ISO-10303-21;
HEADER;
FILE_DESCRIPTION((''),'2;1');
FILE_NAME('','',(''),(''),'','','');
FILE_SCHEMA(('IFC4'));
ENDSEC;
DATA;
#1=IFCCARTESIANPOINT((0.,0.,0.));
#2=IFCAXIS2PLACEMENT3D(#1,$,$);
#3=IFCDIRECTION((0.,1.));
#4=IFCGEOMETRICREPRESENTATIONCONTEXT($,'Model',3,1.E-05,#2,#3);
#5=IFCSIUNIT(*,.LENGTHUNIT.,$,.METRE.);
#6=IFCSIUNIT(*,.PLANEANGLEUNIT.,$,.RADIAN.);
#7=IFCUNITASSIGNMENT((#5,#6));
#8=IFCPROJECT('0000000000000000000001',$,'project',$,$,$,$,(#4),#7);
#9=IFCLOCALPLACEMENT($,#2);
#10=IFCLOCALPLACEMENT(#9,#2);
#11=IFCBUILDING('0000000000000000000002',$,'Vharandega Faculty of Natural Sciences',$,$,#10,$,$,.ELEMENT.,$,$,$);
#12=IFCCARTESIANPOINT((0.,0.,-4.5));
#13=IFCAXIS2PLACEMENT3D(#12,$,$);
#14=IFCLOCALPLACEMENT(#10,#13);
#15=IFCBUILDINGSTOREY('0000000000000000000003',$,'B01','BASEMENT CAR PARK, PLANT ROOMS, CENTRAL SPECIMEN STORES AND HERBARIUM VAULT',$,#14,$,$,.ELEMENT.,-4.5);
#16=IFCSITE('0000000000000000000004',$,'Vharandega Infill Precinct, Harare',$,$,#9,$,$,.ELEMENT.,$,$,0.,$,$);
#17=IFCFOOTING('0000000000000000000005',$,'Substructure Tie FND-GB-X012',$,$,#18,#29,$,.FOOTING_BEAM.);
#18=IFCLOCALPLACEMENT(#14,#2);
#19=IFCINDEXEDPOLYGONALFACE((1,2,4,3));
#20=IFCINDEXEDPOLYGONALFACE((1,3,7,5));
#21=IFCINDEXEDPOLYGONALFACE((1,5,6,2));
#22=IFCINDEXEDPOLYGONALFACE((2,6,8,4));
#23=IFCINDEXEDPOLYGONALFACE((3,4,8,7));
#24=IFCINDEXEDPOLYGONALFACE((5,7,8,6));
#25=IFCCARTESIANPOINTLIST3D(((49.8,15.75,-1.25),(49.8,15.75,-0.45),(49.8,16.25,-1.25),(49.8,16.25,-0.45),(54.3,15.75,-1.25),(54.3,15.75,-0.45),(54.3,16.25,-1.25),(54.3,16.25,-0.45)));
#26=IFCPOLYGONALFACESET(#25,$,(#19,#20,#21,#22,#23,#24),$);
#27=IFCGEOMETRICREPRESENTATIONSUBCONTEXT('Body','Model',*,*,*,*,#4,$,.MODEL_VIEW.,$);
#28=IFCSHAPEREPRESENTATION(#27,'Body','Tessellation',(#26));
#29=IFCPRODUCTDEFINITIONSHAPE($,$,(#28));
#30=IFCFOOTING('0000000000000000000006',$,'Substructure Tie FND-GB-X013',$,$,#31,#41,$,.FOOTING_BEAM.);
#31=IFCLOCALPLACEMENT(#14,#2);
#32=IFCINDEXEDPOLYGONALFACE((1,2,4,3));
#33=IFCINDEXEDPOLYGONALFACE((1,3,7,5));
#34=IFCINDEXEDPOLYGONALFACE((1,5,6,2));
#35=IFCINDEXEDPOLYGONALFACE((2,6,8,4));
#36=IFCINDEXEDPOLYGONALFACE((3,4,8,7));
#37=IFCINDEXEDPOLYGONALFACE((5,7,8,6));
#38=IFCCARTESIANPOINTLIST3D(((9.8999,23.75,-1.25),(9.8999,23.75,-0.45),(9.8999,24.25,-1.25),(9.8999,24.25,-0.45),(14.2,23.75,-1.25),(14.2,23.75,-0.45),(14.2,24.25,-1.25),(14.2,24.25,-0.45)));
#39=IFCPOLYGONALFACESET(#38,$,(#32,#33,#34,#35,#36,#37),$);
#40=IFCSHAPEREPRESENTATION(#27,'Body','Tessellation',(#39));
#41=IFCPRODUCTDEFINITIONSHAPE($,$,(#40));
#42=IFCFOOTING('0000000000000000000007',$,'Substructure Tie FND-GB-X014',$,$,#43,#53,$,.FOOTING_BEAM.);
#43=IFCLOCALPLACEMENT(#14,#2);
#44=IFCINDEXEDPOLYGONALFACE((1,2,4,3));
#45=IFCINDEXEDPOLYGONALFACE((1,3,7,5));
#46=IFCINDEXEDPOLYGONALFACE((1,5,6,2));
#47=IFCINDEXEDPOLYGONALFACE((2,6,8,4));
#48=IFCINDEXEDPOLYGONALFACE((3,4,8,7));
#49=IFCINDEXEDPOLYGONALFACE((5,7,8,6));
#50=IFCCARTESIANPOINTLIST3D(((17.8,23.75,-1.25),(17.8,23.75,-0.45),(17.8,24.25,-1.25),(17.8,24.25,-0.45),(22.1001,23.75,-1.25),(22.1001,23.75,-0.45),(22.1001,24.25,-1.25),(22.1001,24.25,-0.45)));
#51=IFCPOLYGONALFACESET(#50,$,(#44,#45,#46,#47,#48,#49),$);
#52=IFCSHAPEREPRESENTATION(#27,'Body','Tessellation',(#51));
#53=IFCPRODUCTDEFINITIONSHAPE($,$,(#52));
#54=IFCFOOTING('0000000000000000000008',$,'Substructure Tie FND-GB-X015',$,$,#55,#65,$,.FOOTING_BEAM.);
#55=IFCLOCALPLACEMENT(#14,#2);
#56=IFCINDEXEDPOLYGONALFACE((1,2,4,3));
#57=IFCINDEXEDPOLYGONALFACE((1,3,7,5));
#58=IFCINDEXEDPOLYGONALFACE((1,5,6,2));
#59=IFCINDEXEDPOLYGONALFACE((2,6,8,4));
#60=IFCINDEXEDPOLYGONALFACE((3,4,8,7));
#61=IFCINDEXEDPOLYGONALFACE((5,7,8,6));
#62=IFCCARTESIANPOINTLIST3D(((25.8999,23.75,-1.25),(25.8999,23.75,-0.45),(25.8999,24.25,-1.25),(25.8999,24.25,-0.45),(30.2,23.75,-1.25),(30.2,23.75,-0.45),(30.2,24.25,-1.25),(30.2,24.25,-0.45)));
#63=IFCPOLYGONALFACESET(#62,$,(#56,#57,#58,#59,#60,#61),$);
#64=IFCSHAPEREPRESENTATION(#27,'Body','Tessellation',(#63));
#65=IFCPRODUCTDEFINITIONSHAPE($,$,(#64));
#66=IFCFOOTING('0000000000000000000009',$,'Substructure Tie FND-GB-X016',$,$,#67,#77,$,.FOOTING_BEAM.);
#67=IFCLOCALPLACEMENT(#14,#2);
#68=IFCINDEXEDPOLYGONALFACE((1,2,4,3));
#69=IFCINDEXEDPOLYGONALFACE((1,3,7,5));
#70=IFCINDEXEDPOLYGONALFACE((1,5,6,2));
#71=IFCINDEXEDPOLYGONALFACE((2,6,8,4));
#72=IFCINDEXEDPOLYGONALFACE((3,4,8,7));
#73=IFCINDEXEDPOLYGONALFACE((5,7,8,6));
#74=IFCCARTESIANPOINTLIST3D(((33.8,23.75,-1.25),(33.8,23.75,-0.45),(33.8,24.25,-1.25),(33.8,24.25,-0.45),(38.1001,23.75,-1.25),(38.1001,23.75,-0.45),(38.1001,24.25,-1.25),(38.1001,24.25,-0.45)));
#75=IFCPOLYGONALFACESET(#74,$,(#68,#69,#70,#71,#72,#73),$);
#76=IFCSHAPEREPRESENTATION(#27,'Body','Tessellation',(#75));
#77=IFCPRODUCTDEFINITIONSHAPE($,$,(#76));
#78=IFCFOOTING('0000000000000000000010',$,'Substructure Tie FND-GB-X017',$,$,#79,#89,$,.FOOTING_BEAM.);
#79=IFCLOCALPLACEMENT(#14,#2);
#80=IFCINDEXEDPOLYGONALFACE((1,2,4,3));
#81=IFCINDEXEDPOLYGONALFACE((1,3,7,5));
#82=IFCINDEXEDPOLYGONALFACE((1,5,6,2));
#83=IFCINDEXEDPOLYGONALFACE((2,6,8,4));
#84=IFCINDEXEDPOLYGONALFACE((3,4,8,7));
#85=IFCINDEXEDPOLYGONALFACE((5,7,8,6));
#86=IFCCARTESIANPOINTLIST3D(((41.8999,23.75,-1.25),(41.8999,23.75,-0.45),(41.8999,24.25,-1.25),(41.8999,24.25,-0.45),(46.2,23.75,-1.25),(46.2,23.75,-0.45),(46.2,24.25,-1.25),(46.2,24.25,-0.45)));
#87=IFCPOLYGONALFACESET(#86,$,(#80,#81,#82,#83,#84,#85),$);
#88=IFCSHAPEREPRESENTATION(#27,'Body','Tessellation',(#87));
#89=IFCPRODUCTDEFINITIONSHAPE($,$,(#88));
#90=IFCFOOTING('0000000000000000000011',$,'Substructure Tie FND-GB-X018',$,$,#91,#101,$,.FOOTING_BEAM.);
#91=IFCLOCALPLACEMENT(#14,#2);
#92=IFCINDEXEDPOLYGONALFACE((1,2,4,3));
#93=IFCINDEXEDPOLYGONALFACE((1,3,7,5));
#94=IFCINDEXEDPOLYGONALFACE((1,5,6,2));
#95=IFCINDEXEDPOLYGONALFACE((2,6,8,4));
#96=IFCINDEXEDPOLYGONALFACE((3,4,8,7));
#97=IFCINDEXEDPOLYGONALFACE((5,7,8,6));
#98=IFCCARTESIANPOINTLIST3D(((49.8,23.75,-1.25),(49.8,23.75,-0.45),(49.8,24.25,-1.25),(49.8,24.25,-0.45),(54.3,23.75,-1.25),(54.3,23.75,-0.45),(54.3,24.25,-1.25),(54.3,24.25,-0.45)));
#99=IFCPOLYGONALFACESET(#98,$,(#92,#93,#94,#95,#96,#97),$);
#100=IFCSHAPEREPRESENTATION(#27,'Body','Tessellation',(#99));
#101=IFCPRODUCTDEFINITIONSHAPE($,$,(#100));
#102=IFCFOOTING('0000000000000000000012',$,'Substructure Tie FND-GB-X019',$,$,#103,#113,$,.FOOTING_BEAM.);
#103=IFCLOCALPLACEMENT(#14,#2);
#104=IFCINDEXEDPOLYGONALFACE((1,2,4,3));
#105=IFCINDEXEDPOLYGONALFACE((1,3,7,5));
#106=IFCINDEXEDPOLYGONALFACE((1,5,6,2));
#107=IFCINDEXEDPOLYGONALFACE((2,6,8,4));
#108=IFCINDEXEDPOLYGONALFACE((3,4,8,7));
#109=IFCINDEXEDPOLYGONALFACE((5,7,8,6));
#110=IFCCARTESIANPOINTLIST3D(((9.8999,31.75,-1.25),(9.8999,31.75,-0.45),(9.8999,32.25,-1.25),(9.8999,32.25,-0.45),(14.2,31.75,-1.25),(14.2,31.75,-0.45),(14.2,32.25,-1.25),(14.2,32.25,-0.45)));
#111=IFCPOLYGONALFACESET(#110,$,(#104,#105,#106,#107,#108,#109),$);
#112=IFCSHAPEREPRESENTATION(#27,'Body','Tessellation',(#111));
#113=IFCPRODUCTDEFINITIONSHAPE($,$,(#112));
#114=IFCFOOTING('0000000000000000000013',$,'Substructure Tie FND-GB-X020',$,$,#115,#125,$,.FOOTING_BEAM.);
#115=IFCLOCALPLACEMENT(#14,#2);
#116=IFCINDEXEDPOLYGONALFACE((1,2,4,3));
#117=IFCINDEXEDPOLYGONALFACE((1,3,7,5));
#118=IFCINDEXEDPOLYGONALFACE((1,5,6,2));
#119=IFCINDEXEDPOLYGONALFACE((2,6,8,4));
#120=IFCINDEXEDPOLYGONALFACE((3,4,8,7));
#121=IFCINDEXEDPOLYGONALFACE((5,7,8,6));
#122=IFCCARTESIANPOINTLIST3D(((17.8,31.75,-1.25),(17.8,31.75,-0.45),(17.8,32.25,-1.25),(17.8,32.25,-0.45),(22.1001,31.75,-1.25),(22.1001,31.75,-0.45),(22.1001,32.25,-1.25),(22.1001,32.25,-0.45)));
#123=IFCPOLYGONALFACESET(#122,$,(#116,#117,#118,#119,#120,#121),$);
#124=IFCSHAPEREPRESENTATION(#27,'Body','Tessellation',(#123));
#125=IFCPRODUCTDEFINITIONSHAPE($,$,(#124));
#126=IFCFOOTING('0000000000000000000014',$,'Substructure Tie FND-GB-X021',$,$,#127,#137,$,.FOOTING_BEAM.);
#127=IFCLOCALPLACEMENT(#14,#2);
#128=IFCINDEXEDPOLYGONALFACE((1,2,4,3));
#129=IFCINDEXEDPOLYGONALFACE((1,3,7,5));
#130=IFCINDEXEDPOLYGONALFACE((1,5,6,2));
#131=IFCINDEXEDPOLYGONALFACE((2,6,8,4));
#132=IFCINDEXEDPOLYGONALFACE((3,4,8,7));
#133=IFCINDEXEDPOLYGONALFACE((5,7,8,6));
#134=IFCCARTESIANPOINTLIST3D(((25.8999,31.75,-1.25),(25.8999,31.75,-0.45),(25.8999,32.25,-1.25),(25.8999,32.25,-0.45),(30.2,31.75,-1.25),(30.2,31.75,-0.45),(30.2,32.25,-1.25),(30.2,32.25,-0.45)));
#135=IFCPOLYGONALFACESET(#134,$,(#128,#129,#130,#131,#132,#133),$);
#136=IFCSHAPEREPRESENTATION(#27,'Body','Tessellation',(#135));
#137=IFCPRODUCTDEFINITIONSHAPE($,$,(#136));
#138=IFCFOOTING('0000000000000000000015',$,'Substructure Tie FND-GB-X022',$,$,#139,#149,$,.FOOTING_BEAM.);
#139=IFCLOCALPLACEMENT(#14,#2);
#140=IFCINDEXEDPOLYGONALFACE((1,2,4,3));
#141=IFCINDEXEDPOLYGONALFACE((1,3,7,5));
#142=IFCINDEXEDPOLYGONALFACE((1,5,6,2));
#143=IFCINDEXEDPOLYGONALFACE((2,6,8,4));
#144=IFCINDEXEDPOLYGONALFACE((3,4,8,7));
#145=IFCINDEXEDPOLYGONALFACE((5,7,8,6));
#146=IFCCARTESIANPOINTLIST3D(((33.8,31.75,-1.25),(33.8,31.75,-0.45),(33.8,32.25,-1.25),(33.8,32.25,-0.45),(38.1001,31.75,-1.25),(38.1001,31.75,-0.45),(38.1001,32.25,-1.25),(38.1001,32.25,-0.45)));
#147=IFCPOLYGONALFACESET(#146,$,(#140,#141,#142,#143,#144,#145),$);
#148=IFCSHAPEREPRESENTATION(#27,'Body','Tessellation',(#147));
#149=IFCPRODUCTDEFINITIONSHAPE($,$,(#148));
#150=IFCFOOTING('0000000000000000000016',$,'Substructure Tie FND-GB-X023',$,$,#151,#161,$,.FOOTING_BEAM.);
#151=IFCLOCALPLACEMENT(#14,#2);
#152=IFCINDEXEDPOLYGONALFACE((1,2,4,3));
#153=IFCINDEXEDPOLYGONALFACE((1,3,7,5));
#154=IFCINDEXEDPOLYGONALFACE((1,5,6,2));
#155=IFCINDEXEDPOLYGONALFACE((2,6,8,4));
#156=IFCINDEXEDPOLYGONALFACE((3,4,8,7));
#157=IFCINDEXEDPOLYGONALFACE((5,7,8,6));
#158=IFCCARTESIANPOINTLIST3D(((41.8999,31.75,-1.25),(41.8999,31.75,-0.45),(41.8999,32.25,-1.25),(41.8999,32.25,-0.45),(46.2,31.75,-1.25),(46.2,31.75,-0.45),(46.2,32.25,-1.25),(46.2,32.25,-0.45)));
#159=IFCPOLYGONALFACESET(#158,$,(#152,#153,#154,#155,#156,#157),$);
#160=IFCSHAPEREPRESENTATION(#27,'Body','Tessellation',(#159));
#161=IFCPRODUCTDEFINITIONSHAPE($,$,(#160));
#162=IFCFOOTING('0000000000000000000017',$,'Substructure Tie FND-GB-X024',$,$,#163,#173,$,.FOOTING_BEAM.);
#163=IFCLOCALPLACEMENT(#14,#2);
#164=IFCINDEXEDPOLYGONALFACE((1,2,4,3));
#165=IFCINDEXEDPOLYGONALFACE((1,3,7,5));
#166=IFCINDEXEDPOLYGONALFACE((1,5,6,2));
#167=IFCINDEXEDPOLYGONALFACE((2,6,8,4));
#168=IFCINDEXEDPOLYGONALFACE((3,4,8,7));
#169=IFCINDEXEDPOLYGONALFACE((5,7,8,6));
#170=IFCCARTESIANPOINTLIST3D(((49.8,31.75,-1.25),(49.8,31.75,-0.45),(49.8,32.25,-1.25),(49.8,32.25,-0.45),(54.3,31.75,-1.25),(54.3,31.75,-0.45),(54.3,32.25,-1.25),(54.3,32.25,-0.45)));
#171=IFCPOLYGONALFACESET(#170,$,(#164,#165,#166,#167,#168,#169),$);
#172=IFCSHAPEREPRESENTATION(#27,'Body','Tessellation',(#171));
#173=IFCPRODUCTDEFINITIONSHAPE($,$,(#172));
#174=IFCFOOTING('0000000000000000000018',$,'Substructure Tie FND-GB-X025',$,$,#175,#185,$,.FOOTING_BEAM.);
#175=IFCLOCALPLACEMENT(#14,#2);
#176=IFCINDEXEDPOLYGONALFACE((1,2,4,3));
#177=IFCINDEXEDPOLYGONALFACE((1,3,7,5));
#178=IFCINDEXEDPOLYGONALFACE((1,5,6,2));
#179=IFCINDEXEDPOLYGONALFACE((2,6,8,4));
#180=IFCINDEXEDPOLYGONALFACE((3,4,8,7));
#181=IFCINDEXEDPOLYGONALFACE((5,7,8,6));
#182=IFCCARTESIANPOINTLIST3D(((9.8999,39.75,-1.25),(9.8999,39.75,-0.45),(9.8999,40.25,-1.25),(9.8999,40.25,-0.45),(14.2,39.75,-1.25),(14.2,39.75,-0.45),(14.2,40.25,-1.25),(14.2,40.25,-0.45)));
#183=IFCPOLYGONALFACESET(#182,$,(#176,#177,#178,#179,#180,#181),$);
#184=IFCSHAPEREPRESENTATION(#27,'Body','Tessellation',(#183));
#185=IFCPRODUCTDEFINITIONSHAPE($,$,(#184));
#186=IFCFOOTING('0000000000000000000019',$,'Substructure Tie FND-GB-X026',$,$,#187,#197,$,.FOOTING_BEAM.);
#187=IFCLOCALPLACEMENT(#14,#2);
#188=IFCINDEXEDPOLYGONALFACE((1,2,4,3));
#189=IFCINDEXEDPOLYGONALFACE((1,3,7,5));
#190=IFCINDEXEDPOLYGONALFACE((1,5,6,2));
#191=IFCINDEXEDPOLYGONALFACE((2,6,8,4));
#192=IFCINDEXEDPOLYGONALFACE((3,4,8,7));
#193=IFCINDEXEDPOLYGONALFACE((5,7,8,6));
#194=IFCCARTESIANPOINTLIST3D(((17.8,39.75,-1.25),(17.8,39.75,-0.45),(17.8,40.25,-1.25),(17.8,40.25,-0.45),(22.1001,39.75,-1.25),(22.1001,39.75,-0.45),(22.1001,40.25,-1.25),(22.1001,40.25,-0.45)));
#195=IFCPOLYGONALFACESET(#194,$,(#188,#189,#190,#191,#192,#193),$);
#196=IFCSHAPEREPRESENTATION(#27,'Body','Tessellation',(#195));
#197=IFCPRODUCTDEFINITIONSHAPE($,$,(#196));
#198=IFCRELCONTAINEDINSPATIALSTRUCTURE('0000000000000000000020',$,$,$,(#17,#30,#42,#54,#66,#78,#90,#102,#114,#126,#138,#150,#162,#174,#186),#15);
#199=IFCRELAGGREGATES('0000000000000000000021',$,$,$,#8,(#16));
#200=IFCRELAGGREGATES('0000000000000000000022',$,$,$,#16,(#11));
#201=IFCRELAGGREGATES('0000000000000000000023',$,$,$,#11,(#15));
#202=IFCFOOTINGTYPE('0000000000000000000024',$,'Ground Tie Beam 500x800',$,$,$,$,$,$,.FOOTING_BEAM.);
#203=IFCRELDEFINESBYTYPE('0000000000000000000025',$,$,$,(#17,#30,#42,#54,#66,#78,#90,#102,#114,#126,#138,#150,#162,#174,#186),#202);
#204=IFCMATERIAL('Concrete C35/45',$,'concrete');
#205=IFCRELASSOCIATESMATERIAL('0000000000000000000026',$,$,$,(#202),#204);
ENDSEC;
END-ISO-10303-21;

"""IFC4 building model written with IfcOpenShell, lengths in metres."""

from ifc_helpers import new_model, si_unit, direction, frame, origin, place, context, subcontext, project, spatial, polyline, outline, extrude, material, type_object, element, save


model = new_model("IFC4")

# Units and contexts
model_context = context("Model", 3, precision=1e-05, world=origin(), true_north=direction((0.0, 1.0)))
body_context = subcontext(model_context, "Body", "Model", "MODEL_VIEW")
ifc_project = project(units=[si_unit("LENGTHUNIT", "METRE"), si_unit("PLANEANGLEUNIT", "RADIAN")], contexts=[model_context])

# Site, building, storey
site_placement = place(None, origin())
site = spatial("IfcSite", under=ifc_project, at=site_placement, Name="Vharandega Infill Precinct, Harare", CompositionType="ELEMENT", RefElevation=0.0)
building_placement = place(site_placement, origin())
building = spatial("IfcBuilding", under=site, at=building_placement, Name="Vharandega Faculty of Natural Sciences", CompositionType="ELEMENT")
storey_placement = place(building_placement, frame((0.0, 0.0, -4.5)))
storey = spatial("IfcBuildingStorey", under=building, at=storey_placement, Name="B01", Description="BASEMENT CAR PARK, PLANT ROOMS, CENTRAL SPECIMEN STORES AND HERBARIUM VAULT", CompositionType="ELEMENT", Elevation=-4.5)

# Footings
ifc_material = material(Name="Concrete C35/45", Category="concrete")
footing_type = type_object("IfcFootingType", Name="Ground Tie Beam 500x800", PredefinedType="FOOTING_BEAM", material=ifc_material)
footing_1_placement = place(storey_placement, frame((0.0, 0.0, -1.25)))
element("IfcFooting", 1, at=footing_1_placement, inside=storey, type_object=footing_type, Name="Substructure Tie FND-GB-X012", PredefinedType="FOOTING_BEAM", context=body_context, shape_type="SweptSolid", body=[
    extrude(outline(polyline([(49.8, 15.75), (54.3, 15.75), (54.3, 16.25), (49.8, 16.25), (49.8, 15.75)])), origin(), (0.0, 0.0, 1.0), 0.8),
])
footing_2_placement = place(storey_placement, frame((0.0, 0.0, -1.25)))
element("IfcFooting", 2, at=footing_2_placement, inside=storey, type_object=footing_type, Name="Substructure Tie FND-GB-X013", PredefinedType="FOOTING_BEAM", context=body_context, shape_type="SweptSolid", body=[
    extrude(outline(polyline([(9.8999, 23.75), (14.2, 23.75), (14.2, 24.25), (9.8999, 24.25), (9.8999, 23.75)])), origin(), (0.0, 0.0, 1.0), 0.8),
])
footing_3_placement = place(storey_placement, frame((0.0, 0.0, -1.25)))
element("IfcFooting", 3, at=footing_3_placement, inside=storey, type_object=footing_type, Name="Substructure Tie FND-GB-X014", PredefinedType="FOOTING_BEAM", context=body_context, shape_type="SweptSolid", body=[
    extrude(outline(polyline([(17.8, 23.75), (22.1001, 23.75), (22.1001, 24.25), (17.8, 24.25), (17.8, 23.75)])), origin(), (0.0, 0.0, 1.0), 0.8),
])
footing_4_placement = place(storey_placement, frame((0.0, 0.0, -1.25)))
element("IfcFooting", 4, at=footing_4_placement, inside=storey, type_object=footing_type, Name="Substructure Tie FND-GB-X015", PredefinedType="FOOTING_BEAM", context=body_context, shape_type="SweptSolid", body=[
    extrude(outline(polyline([(25.8999, 23.75), (30.2, 23.75), (30.2, 24.25), (25.8999, 24.25), (25.8999, 23.75)])), origin(), (0.0, 0.0, 1.0), 0.8),
])
footing_5_placement = place(storey_placement, frame((0.0, 0.0, -1.25)))
element("IfcFooting", 5, at=footing_5_placement, inside=storey, type_object=footing_type, Name="Substructure Tie FND-GB-X016", PredefinedType="FOOTING_BEAM", context=body_context, shape_type="SweptSolid", body=[
    extrude(outline(polyline([(33.8, 23.75), (38.1001, 23.75), (38.1001, 24.25), (33.8, 24.25), (33.8, 23.75)])), origin(), (0.0, 0.0, 1.0), 0.8),
])
footing_6_placement = place(storey_placement, frame((0.0, 0.0, -1.25)))
element("IfcFooting", 6, at=footing_6_placement, inside=storey, type_object=footing_type, Name="Substructure Tie FND-GB-X017", PredefinedType="FOOTING_BEAM", context=body_context, shape_type="SweptSolid", body=[
    extrude(outline(polyline([(41.8999, 23.75), (46.2, 23.75), (46.2, 24.25), (41.8999, 24.25), (41.8999, 23.75)])), origin(), (0.0, 0.0, 1.0), 0.8),
])
footing_7_placement = place(storey_placement, frame((0.0, 0.0, -1.25)))
element("IfcFooting", 7, at=footing_7_placement, inside=storey, type_object=footing_type, Name="Substructure Tie FND-GB-X018", PredefinedType="FOOTING_BEAM", context=body_context, shape_type="SweptSolid", body=[
    extrude(outline(polyline([(49.8, 23.75), (54.3, 23.75), (54.3, 24.25), (49.8, 24.25), (49.8, 23.75)])), origin(), (0.0, 0.0, 1.0), 0.8),
])
footing_8_placement = place(storey_placement, frame((0.0, 0.0, -1.25)))
element("IfcFooting", 8, at=footing_8_placement, inside=storey, type_object=footing_type, Name="Substructure Tie FND-GB-X019", PredefinedType="FOOTING_BEAM", context=body_context, shape_type="SweptSolid", body=[
    extrude(outline(polyline([(9.8999, 31.75), (14.2, 31.75), (14.2, 32.25), (9.8999, 32.25), (9.8999, 31.75)])), origin(), (0.0, 0.0, 1.0), 0.8),
])
footing_9_placement = place(storey_placement, frame((0.0, 0.0, -1.25)))
element("IfcFooting", 9, at=footing_9_placement, inside=storey, type_object=footing_type, Name="Substructure Tie FND-GB-X020", PredefinedType="FOOTING_BEAM", context=body_context, shape_type="SweptSolid", body=[
    extrude(outline(polyline([(17.8, 31.75), (22.1001, 31.75), (22.1001, 32.25), (17.8, 32.25), (17.8, 31.75)])), origin(), (0.0, 0.0, 1.0), 0.8),
])
footing_10_placement = place(storey_placement, frame((0.0, 0.0, -1.25)))
element("IfcFooting", 10, at=footing_10_placement, inside=storey, type_object=footing_type, Name="Substructure Tie FND-GB-X021", PredefinedType="FOOTING_BEAM", context=body_context, shape_type="SweptSolid", body=[
    extrude(outline(polyline([(25.8999, 31.75), (30.2, 31.75), (30.2, 32.25), (25.8999, 32.25), (25.8999, 31.75)])), origin(), (0.0, 0.0, 1.0), 0.8),
])
footing_11_placement = place(storey_placement, frame((0.0, 0.0, -1.25)))
element("IfcFooting", 11, at=footing_11_placement, inside=storey, type_object=footing_type, Name="Substructure Tie FND-GB-X022", PredefinedType="FOOTING_BEAM", context=body_context, shape_type="SweptSolid", body=[
    extrude(outline(polyline([(33.8, 31.75), (38.1001, 31.75), (38.1001, 32.25), (33.8, 32.25), (33.8, 31.75)])), origin(), (0.0, 0.0, 1.0), 0.8),
])
footing_12_placement = place(storey_placement, frame((0.0, 0.0, -1.25)))
element("IfcFooting", 12, at=footing_12_placement, inside=storey, type_object=footing_type, Name="Substructure Tie FND-GB-X023", PredefinedType="FOOTING_BEAM", context=body_context, shape_type="SweptSolid", body=[
    extrude(outline(polyline([(41.8999, 31.75), (46.2, 31.75), (46.2, 32.25), (41.8999, 32.25), (41.8999, 31.75)])), origin(), (0.0, 0.0, 1.0), 0.8),
])
footing_13_placement = place(storey_placement, frame((0.0, 0.0, -1.25)))
element("IfcFooting", 13, at=footing_13_placement, inside=storey, type_object=footing_type, Name="Substructure Tie FND-GB-X024", PredefinedType="FOOTING_BEAM", context=body_context, shape_type="SweptSolid", body=[
    extrude(outline(polyline([(49.8, 31.75), (54.3, 31.75), (54.3, 32.25), (49.8, 32.25), (49.8, 31.75)])), origin(), (0.0, 0.0, 1.0), 0.8),
])
footing_14_placement = place(storey_placement, frame((0.0, 0.0, -1.25)))
element("IfcFooting", 14, at=footing_14_placement, inside=storey, type_object=footing_type, Name="Substructure Tie FND-GB-X025", PredefinedType="FOOTING_BEAM", context=body_context, shape_type="SweptSolid", body=[
    extrude(outline(polyline([(9.8999, 39.75), (14.2, 39.75), (14.2, 40.25), (9.8999, 40.25), (9.8999, 39.75)])), origin(), (0.0, 0.0, 1.0), 0.8),
])
footing_15_placement = place(storey_placement, frame((0.0, 0.0, -1.25)))
element("IfcFooting", 15, at=footing_15_placement, inside=storey, type_object=footing_type, Name="Substructure Tie FND-GB-X026", PredefinedType="FOOTING_BEAM", context=body_context, shape_type="SweptSolid", body=[
    extrude(outline(polyline([(17.8, 39.75), (22.1001, 39.75), (22.1001, 40.25), (17.8, 40.25), (17.8, 39.75)])), origin(), (0.0, 0.0, 1.0), 0.8),
])

save(model, "model.ifc")
